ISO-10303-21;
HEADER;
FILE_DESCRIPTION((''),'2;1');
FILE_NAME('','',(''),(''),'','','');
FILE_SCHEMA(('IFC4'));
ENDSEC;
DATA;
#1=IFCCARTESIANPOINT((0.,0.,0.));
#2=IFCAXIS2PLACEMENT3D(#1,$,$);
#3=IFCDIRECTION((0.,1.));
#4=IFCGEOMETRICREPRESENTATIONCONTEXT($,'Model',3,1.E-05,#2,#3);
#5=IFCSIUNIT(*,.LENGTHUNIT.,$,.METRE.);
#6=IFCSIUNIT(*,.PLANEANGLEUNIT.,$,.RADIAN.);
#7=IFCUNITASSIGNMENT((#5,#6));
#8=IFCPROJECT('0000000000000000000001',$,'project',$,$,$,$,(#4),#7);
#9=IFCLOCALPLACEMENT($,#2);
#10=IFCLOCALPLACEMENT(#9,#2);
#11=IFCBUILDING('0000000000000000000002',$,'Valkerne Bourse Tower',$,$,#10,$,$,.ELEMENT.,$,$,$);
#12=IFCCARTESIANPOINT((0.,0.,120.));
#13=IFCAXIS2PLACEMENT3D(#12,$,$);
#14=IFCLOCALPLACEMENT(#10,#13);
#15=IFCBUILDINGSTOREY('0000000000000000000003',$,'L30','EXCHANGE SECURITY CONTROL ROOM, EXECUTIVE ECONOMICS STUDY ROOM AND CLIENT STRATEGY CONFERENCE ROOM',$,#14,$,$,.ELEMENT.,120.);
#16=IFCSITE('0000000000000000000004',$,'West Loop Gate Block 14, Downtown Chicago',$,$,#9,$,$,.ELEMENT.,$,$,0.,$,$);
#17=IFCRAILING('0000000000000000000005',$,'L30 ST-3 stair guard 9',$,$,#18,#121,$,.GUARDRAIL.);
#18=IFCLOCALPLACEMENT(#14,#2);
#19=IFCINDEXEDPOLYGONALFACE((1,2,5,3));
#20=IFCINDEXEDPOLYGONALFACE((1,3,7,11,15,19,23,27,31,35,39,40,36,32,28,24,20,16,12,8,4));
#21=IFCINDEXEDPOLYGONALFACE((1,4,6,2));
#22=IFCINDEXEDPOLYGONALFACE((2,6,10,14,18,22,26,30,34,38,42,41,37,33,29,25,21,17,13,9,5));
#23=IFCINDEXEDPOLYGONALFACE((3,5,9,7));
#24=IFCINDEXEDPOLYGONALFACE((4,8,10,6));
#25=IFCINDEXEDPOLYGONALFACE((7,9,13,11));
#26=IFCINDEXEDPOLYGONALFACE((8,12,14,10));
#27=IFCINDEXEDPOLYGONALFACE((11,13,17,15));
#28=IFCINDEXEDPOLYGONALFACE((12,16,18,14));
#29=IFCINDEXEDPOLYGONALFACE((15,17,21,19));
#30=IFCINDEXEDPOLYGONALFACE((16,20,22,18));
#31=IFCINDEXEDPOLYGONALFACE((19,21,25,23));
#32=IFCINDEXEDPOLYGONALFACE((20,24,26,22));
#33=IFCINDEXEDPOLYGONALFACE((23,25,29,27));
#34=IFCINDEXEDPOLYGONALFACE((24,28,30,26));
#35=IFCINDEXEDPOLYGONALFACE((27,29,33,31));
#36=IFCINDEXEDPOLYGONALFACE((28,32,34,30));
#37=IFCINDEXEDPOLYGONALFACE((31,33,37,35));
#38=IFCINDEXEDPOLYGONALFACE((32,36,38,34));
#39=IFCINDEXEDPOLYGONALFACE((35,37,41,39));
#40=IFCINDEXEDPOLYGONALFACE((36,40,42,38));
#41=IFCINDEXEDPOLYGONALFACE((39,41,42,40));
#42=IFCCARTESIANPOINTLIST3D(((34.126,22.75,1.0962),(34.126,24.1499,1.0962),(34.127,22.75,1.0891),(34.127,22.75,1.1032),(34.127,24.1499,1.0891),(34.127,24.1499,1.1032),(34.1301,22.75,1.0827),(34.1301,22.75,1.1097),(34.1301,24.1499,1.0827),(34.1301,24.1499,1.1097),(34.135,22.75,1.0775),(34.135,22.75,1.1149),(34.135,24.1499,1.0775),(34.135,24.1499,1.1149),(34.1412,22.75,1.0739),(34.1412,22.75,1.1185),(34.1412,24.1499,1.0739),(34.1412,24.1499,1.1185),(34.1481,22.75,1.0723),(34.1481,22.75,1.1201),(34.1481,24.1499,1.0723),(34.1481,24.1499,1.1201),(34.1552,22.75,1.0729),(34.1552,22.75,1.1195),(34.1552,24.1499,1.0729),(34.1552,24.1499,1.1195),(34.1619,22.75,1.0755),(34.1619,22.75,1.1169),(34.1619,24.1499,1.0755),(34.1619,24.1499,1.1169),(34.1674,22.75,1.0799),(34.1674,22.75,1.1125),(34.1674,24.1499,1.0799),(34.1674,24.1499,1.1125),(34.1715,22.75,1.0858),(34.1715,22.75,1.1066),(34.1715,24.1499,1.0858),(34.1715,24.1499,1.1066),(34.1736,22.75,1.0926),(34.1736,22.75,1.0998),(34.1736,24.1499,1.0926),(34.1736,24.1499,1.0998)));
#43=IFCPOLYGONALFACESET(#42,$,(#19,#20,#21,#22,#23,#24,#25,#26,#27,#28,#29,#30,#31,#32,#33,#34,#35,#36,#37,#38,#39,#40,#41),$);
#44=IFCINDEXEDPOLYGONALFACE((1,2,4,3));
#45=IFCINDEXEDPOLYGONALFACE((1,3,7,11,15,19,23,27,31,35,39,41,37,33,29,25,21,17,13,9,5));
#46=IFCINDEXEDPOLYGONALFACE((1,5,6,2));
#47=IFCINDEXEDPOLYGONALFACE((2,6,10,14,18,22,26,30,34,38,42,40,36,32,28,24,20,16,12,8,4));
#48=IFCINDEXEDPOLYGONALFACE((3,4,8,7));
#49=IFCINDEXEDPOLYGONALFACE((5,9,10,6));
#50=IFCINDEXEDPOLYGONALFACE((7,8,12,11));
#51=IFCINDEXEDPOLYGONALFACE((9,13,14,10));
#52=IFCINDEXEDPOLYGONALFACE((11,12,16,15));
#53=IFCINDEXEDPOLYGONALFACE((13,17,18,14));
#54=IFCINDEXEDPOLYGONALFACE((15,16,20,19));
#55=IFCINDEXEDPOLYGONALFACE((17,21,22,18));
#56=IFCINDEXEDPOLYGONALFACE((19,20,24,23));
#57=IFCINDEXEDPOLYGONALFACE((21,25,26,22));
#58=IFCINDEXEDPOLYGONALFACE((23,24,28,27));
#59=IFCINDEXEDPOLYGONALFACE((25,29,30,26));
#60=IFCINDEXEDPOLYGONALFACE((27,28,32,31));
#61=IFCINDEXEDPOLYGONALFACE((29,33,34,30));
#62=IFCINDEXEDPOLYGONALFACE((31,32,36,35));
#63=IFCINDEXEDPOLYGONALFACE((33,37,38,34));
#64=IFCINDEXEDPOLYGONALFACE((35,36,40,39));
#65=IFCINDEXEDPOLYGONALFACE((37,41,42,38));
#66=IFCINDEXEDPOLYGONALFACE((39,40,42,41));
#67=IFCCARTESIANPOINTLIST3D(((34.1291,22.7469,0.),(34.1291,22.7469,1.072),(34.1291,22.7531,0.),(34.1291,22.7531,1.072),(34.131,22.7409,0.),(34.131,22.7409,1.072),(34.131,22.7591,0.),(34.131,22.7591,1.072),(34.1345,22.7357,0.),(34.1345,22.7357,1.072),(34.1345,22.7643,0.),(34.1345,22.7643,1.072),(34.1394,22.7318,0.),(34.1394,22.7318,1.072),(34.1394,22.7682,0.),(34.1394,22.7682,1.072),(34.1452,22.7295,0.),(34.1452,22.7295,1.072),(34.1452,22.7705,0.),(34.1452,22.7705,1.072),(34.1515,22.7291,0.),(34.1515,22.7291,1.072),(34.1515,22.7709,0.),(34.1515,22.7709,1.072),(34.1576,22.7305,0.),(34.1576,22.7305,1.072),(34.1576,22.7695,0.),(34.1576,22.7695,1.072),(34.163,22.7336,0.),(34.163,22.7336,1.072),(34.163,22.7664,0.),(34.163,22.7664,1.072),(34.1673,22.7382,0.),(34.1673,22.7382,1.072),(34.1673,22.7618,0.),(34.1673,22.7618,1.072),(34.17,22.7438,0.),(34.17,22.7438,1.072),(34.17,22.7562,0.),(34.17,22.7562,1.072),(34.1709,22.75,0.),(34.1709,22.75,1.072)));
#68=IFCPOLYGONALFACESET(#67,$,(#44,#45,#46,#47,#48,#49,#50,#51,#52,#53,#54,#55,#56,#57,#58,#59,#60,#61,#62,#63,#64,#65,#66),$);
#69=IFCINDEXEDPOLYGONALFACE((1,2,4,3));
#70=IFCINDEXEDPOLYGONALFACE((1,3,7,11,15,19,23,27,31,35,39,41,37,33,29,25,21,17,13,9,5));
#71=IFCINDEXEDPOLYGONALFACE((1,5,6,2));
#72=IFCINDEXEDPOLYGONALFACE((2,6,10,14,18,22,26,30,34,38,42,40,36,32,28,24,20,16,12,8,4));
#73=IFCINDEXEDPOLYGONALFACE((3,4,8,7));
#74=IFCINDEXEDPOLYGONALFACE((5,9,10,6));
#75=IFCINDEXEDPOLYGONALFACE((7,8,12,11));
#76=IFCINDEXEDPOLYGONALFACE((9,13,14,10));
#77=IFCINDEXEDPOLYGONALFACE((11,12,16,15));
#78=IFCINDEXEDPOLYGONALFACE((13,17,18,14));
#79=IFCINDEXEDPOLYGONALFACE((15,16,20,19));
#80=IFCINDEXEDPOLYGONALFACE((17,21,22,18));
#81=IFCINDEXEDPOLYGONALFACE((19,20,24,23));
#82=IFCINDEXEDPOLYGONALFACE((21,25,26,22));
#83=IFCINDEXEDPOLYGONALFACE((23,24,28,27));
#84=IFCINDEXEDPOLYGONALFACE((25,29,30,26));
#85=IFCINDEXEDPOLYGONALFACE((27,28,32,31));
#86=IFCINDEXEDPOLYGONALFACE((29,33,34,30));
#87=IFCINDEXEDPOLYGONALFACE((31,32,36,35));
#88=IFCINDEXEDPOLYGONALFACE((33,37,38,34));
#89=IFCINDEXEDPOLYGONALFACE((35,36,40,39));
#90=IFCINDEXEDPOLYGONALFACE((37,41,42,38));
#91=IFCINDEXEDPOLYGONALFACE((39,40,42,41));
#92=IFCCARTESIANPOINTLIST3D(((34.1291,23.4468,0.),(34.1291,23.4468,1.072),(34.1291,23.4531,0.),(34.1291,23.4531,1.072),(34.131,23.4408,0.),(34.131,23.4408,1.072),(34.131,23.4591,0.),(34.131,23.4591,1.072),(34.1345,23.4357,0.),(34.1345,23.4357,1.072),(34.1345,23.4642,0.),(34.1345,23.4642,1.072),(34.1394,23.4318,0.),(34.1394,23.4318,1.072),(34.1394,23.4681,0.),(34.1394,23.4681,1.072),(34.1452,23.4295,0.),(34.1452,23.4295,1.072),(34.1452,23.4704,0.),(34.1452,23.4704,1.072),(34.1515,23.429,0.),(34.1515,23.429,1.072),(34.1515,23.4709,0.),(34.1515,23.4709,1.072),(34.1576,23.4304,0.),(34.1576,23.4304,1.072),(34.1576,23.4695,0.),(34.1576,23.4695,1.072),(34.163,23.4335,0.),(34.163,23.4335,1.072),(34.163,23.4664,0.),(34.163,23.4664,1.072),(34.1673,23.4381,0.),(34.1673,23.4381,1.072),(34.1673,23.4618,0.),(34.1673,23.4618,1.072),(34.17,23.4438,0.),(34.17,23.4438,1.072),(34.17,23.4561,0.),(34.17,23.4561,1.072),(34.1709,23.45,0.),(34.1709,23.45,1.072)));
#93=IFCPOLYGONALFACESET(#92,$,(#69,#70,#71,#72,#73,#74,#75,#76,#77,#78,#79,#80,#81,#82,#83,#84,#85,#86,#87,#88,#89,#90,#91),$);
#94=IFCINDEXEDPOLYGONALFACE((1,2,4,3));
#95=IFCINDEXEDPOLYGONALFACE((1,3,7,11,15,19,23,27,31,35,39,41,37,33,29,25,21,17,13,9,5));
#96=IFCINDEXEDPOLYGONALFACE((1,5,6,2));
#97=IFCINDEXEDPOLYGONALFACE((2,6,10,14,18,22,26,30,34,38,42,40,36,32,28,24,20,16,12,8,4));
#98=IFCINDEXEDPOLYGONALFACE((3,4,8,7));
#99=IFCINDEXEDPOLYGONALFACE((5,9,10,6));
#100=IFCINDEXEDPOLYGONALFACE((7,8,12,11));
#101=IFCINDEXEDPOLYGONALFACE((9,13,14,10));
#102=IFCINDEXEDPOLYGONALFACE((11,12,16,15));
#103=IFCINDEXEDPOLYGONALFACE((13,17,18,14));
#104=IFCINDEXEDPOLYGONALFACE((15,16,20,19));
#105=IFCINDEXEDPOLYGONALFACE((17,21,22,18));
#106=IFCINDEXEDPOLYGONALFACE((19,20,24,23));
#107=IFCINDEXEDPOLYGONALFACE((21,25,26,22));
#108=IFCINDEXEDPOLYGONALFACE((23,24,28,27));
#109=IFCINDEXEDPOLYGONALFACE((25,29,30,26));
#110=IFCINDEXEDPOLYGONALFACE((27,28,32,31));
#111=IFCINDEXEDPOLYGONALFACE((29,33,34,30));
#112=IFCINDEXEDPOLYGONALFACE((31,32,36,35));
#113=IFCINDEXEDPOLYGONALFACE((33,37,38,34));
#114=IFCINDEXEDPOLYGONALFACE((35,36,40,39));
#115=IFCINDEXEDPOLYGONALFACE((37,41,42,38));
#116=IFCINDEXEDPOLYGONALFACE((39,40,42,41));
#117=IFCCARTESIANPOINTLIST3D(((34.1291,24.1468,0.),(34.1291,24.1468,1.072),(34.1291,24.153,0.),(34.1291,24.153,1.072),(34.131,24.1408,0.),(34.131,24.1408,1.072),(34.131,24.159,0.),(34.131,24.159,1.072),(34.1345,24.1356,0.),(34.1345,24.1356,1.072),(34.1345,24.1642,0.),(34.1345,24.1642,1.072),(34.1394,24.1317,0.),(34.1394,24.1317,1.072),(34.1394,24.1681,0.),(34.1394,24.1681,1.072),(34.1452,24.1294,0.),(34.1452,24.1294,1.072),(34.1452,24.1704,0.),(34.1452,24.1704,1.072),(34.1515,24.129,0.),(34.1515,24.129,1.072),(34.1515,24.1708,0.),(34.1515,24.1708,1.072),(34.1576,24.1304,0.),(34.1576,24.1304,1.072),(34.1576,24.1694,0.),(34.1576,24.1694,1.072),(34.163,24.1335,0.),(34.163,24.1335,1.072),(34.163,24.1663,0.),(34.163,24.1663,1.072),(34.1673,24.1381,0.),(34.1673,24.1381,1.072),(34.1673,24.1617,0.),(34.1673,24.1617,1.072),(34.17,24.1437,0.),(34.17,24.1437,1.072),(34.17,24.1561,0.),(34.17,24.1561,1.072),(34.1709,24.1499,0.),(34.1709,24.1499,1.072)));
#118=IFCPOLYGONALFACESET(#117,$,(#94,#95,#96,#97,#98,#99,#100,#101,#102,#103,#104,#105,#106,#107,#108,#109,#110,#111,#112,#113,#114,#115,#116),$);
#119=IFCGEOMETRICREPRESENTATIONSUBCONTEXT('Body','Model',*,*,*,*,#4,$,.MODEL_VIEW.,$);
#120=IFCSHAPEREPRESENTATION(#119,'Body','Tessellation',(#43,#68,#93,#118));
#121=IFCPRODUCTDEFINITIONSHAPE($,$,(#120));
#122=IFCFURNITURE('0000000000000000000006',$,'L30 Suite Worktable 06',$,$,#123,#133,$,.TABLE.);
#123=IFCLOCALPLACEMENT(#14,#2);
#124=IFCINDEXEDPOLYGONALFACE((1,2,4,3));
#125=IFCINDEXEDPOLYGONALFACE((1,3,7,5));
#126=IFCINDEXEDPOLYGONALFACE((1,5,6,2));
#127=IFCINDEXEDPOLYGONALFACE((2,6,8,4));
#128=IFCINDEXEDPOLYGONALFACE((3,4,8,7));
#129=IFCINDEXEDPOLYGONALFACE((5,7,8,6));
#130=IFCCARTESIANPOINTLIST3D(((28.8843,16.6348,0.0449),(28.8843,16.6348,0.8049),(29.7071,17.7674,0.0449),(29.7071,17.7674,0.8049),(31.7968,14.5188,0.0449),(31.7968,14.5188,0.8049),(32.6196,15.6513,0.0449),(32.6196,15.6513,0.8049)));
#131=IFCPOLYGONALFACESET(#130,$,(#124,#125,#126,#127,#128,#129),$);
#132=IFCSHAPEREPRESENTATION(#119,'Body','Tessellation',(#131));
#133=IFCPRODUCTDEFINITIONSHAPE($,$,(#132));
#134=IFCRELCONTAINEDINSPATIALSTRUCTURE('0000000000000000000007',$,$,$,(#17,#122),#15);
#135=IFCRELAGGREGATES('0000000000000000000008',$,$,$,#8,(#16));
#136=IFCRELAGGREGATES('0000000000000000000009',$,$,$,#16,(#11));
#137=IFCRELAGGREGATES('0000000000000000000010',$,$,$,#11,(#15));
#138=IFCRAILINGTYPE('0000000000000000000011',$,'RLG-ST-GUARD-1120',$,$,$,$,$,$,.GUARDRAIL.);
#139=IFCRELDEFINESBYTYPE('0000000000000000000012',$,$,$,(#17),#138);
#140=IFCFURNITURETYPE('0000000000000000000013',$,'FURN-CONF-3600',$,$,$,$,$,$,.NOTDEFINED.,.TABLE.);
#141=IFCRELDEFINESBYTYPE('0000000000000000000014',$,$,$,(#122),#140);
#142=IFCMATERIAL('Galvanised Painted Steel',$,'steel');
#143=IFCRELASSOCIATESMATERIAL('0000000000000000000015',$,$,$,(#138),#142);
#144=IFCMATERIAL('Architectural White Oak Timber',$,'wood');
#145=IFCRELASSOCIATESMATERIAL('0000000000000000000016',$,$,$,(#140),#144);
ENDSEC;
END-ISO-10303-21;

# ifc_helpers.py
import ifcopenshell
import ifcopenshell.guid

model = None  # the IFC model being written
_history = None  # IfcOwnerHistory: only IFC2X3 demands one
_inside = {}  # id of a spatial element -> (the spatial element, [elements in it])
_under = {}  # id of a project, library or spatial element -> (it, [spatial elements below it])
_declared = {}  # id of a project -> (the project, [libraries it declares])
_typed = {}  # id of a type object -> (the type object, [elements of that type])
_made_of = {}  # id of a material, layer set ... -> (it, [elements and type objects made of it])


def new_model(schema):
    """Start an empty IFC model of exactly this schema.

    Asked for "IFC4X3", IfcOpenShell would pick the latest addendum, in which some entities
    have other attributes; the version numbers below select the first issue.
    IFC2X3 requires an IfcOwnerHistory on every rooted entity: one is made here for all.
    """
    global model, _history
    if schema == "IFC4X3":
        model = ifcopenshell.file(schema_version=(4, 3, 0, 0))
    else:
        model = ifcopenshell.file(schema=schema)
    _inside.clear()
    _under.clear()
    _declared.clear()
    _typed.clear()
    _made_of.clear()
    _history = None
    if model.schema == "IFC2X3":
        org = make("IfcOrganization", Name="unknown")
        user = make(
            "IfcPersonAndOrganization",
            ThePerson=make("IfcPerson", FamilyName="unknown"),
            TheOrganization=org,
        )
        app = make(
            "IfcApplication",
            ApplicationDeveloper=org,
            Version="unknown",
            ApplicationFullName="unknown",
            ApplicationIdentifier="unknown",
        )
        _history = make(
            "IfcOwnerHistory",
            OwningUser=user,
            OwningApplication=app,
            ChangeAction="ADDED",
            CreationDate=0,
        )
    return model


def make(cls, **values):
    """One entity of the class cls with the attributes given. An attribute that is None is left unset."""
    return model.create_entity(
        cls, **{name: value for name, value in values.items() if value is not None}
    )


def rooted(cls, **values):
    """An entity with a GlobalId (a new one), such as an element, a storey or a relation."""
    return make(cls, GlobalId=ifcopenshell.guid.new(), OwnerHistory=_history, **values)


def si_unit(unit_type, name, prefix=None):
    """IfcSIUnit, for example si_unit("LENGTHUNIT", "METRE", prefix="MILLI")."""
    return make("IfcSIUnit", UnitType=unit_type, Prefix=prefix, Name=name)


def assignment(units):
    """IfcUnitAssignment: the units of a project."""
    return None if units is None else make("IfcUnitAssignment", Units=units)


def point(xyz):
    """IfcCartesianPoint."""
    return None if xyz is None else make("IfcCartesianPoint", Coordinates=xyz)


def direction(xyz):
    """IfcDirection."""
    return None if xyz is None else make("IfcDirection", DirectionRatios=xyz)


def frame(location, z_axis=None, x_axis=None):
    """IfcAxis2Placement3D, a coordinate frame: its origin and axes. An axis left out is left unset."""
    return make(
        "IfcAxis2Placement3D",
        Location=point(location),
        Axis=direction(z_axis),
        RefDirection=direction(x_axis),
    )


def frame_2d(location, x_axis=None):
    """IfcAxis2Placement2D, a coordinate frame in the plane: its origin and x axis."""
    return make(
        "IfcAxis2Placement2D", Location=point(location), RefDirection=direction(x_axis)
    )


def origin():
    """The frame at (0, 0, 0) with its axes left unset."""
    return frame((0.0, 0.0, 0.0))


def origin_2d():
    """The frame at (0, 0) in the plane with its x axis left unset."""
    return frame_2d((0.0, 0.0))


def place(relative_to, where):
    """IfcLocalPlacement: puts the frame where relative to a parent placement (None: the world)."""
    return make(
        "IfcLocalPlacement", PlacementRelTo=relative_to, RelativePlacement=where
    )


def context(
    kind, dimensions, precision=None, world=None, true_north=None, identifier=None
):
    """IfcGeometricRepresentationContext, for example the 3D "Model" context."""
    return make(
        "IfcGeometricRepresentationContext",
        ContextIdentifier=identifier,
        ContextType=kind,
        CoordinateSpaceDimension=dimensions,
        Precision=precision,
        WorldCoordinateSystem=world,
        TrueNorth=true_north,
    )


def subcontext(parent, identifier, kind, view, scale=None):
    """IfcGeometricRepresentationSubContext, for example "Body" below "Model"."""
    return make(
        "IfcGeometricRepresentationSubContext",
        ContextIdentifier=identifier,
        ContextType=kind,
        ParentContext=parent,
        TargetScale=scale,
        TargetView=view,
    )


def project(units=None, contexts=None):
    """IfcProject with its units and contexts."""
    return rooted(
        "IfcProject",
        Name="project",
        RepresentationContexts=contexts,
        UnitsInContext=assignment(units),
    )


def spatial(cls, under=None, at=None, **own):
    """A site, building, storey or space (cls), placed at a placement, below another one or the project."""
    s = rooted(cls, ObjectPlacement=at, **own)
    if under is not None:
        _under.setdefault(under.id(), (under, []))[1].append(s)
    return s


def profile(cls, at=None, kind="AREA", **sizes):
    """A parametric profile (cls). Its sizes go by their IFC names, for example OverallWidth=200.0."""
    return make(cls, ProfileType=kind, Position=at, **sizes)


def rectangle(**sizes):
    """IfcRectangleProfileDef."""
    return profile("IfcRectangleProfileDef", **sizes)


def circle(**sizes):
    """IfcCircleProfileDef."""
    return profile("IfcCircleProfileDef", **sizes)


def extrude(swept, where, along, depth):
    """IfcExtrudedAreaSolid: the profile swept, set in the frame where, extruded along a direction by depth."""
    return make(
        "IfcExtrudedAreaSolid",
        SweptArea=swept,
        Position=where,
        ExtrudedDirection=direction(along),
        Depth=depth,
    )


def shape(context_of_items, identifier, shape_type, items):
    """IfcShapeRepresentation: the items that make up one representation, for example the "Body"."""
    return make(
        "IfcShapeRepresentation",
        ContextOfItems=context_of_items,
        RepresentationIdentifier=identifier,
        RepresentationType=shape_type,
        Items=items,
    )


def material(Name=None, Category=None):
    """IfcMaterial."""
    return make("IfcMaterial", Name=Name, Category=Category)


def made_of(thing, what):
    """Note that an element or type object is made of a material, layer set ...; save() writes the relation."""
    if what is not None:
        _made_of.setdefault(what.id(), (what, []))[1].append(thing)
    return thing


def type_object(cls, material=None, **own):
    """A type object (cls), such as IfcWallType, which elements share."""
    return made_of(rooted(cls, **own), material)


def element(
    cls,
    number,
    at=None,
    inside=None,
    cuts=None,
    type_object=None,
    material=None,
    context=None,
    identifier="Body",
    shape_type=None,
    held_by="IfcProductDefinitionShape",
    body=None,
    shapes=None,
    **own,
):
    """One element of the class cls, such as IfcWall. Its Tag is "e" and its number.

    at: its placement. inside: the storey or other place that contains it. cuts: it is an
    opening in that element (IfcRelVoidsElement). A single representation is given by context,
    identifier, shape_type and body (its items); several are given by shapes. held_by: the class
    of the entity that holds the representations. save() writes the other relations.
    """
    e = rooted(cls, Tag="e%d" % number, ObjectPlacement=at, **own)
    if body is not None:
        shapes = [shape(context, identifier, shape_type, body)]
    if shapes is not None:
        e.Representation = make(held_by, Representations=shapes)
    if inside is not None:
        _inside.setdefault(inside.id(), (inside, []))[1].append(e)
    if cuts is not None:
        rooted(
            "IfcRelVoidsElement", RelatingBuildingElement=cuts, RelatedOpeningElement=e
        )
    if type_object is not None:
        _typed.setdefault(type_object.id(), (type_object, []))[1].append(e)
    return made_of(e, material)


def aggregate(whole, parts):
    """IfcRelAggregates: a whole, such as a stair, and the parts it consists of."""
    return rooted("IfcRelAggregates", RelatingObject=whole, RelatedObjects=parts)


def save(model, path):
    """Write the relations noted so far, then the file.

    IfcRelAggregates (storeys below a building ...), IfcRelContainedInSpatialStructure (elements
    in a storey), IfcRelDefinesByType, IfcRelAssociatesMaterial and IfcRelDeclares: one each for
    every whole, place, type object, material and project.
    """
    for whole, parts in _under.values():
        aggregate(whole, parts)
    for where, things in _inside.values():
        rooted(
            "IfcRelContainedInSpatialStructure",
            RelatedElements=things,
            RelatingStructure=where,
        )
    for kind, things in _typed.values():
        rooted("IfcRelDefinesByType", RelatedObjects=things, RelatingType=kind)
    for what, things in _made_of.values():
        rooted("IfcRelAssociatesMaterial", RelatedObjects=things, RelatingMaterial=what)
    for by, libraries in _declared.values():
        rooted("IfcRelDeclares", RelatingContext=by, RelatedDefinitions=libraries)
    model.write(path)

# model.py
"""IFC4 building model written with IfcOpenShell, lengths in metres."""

from ifc_helpers import new_model, si_unit, direction, frame, origin, origin_2d, place, context, subcontext, project, spatial, rectangle, circle, extrude, material, type_object, element, save


model = new_model("IFC4")

# Units and contexts
model_context = context("Model", 3, precision=1e-05, world=origin(), true_north=direction((0.0, 1.0)))
body_context = subcontext(model_context, "Body", "Model", "MODEL_VIEW")
ifc_project = project(units=[si_unit("LENGTHUNIT", "METRE"), si_unit("PLANEANGLEUNIT", "RADIAN")], contexts=[model_context])

# Site, building, storey
site_placement = place(None, origin())
site = spatial("IfcSite", under=ifc_project, at=site_placement, Name="West Loop Gate Block 14, Downtown Chicago", CompositionType="ELEMENT", RefElevation=0.0)
building_placement = place(site_placement, origin())
building = spatial("IfcBuilding", under=site, at=building_placement, Name="Valkerne Bourse Tower", CompositionType="ELEMENT")
storey_placement = place(building_placement, frame((0.0, 0.0, 120.0)))
storey = spatial("IfcBuildingStorey", under=building, at=storey_placement, Name="L30", Description="EXCHANGE SECURITY CONTROL ROOM, EXECUTIVE ECONOMICS STUDY ROOM AND CLIENT STRATEGY CONFERENCE ROOM", CompositionType="ELEMENT", Elevation=120.0)

# Shared definitions
ifc_material_1 = material(Name="Galvanised Painted Steel", Category="steel")

# Railing
railing_type = type_object("IfcRailingType", Name="RLG-ST-GUARD-1120", PredefinedType="GUARDRAIL", material=ifc_material_1)
for number, where, name in (
    (1, (34.1499, 22.75, 0.0), "L30 ST-3 stair guard 9"),
):
    element("IfcRailing", number, at=place(storey_placement, frame(where)), inside=storey, type_object=railing_type, Name=name, PredefinedType="GUARDRAIL", context=body_context, shape_type="SweptSolid", body=[
        extrude(circle(Radius=0.0239, at=origin_2d()), frame((0.0, 0.0, 1.0962), z_axis=(0.0, 1.0, 0.0), x_axis=(-1.0, 0.0, 0.0)), (0.0, 0.0, 1.0), 1.3999),
        extrude(circle(Radius=0.021, at=origin_2d()), origin(), (0.0, 0.0, 1.0), 1.072),
        extrude(circle(Radius=0.021, at=origin_2d()), frame((0.0, 0.7, 0.0)), (0.0, 0.0, 1.0), 1.072),
        extrude(circle(Radius=0.021, at=origin_2d()), frame((0.0, 1.3999, 0.0)), (0.0, 0.0, 1.0), 1.072),
    ])

# Furniture
ifc_material_2 = material(Name="Architectural White Oak Timber", Category="wood")
furniture_type = type_object("IfcFurnitureType", Name="FURN-CONF-3600", AssemblyPlace="NOTDEFINED", PredefinedType="TABLE", material=ifc_material_2)
furniture_placement = place(storey_placement, frame((30.752, 16.1431, 0.0449), z_axis=(0.0, 0.0, 1.0), x_axis=(-0.809017, 0.587785, 0.0)))
element("IfcFurniture", 2, at=furniture_placement, inside=storey, type_object=furniture_type, Name="L30 Suite Worktable 06", PredefinedType="TABLE", context=body_context, shape_type="SweptSolid", body=[
    extrude(rectangle(XDim=3.6001, YDim=1.3999, at=origin_2d()), origin(), (0.0, 0.0, 1.0), 0.76),
])

save(model, "model.ifc")
